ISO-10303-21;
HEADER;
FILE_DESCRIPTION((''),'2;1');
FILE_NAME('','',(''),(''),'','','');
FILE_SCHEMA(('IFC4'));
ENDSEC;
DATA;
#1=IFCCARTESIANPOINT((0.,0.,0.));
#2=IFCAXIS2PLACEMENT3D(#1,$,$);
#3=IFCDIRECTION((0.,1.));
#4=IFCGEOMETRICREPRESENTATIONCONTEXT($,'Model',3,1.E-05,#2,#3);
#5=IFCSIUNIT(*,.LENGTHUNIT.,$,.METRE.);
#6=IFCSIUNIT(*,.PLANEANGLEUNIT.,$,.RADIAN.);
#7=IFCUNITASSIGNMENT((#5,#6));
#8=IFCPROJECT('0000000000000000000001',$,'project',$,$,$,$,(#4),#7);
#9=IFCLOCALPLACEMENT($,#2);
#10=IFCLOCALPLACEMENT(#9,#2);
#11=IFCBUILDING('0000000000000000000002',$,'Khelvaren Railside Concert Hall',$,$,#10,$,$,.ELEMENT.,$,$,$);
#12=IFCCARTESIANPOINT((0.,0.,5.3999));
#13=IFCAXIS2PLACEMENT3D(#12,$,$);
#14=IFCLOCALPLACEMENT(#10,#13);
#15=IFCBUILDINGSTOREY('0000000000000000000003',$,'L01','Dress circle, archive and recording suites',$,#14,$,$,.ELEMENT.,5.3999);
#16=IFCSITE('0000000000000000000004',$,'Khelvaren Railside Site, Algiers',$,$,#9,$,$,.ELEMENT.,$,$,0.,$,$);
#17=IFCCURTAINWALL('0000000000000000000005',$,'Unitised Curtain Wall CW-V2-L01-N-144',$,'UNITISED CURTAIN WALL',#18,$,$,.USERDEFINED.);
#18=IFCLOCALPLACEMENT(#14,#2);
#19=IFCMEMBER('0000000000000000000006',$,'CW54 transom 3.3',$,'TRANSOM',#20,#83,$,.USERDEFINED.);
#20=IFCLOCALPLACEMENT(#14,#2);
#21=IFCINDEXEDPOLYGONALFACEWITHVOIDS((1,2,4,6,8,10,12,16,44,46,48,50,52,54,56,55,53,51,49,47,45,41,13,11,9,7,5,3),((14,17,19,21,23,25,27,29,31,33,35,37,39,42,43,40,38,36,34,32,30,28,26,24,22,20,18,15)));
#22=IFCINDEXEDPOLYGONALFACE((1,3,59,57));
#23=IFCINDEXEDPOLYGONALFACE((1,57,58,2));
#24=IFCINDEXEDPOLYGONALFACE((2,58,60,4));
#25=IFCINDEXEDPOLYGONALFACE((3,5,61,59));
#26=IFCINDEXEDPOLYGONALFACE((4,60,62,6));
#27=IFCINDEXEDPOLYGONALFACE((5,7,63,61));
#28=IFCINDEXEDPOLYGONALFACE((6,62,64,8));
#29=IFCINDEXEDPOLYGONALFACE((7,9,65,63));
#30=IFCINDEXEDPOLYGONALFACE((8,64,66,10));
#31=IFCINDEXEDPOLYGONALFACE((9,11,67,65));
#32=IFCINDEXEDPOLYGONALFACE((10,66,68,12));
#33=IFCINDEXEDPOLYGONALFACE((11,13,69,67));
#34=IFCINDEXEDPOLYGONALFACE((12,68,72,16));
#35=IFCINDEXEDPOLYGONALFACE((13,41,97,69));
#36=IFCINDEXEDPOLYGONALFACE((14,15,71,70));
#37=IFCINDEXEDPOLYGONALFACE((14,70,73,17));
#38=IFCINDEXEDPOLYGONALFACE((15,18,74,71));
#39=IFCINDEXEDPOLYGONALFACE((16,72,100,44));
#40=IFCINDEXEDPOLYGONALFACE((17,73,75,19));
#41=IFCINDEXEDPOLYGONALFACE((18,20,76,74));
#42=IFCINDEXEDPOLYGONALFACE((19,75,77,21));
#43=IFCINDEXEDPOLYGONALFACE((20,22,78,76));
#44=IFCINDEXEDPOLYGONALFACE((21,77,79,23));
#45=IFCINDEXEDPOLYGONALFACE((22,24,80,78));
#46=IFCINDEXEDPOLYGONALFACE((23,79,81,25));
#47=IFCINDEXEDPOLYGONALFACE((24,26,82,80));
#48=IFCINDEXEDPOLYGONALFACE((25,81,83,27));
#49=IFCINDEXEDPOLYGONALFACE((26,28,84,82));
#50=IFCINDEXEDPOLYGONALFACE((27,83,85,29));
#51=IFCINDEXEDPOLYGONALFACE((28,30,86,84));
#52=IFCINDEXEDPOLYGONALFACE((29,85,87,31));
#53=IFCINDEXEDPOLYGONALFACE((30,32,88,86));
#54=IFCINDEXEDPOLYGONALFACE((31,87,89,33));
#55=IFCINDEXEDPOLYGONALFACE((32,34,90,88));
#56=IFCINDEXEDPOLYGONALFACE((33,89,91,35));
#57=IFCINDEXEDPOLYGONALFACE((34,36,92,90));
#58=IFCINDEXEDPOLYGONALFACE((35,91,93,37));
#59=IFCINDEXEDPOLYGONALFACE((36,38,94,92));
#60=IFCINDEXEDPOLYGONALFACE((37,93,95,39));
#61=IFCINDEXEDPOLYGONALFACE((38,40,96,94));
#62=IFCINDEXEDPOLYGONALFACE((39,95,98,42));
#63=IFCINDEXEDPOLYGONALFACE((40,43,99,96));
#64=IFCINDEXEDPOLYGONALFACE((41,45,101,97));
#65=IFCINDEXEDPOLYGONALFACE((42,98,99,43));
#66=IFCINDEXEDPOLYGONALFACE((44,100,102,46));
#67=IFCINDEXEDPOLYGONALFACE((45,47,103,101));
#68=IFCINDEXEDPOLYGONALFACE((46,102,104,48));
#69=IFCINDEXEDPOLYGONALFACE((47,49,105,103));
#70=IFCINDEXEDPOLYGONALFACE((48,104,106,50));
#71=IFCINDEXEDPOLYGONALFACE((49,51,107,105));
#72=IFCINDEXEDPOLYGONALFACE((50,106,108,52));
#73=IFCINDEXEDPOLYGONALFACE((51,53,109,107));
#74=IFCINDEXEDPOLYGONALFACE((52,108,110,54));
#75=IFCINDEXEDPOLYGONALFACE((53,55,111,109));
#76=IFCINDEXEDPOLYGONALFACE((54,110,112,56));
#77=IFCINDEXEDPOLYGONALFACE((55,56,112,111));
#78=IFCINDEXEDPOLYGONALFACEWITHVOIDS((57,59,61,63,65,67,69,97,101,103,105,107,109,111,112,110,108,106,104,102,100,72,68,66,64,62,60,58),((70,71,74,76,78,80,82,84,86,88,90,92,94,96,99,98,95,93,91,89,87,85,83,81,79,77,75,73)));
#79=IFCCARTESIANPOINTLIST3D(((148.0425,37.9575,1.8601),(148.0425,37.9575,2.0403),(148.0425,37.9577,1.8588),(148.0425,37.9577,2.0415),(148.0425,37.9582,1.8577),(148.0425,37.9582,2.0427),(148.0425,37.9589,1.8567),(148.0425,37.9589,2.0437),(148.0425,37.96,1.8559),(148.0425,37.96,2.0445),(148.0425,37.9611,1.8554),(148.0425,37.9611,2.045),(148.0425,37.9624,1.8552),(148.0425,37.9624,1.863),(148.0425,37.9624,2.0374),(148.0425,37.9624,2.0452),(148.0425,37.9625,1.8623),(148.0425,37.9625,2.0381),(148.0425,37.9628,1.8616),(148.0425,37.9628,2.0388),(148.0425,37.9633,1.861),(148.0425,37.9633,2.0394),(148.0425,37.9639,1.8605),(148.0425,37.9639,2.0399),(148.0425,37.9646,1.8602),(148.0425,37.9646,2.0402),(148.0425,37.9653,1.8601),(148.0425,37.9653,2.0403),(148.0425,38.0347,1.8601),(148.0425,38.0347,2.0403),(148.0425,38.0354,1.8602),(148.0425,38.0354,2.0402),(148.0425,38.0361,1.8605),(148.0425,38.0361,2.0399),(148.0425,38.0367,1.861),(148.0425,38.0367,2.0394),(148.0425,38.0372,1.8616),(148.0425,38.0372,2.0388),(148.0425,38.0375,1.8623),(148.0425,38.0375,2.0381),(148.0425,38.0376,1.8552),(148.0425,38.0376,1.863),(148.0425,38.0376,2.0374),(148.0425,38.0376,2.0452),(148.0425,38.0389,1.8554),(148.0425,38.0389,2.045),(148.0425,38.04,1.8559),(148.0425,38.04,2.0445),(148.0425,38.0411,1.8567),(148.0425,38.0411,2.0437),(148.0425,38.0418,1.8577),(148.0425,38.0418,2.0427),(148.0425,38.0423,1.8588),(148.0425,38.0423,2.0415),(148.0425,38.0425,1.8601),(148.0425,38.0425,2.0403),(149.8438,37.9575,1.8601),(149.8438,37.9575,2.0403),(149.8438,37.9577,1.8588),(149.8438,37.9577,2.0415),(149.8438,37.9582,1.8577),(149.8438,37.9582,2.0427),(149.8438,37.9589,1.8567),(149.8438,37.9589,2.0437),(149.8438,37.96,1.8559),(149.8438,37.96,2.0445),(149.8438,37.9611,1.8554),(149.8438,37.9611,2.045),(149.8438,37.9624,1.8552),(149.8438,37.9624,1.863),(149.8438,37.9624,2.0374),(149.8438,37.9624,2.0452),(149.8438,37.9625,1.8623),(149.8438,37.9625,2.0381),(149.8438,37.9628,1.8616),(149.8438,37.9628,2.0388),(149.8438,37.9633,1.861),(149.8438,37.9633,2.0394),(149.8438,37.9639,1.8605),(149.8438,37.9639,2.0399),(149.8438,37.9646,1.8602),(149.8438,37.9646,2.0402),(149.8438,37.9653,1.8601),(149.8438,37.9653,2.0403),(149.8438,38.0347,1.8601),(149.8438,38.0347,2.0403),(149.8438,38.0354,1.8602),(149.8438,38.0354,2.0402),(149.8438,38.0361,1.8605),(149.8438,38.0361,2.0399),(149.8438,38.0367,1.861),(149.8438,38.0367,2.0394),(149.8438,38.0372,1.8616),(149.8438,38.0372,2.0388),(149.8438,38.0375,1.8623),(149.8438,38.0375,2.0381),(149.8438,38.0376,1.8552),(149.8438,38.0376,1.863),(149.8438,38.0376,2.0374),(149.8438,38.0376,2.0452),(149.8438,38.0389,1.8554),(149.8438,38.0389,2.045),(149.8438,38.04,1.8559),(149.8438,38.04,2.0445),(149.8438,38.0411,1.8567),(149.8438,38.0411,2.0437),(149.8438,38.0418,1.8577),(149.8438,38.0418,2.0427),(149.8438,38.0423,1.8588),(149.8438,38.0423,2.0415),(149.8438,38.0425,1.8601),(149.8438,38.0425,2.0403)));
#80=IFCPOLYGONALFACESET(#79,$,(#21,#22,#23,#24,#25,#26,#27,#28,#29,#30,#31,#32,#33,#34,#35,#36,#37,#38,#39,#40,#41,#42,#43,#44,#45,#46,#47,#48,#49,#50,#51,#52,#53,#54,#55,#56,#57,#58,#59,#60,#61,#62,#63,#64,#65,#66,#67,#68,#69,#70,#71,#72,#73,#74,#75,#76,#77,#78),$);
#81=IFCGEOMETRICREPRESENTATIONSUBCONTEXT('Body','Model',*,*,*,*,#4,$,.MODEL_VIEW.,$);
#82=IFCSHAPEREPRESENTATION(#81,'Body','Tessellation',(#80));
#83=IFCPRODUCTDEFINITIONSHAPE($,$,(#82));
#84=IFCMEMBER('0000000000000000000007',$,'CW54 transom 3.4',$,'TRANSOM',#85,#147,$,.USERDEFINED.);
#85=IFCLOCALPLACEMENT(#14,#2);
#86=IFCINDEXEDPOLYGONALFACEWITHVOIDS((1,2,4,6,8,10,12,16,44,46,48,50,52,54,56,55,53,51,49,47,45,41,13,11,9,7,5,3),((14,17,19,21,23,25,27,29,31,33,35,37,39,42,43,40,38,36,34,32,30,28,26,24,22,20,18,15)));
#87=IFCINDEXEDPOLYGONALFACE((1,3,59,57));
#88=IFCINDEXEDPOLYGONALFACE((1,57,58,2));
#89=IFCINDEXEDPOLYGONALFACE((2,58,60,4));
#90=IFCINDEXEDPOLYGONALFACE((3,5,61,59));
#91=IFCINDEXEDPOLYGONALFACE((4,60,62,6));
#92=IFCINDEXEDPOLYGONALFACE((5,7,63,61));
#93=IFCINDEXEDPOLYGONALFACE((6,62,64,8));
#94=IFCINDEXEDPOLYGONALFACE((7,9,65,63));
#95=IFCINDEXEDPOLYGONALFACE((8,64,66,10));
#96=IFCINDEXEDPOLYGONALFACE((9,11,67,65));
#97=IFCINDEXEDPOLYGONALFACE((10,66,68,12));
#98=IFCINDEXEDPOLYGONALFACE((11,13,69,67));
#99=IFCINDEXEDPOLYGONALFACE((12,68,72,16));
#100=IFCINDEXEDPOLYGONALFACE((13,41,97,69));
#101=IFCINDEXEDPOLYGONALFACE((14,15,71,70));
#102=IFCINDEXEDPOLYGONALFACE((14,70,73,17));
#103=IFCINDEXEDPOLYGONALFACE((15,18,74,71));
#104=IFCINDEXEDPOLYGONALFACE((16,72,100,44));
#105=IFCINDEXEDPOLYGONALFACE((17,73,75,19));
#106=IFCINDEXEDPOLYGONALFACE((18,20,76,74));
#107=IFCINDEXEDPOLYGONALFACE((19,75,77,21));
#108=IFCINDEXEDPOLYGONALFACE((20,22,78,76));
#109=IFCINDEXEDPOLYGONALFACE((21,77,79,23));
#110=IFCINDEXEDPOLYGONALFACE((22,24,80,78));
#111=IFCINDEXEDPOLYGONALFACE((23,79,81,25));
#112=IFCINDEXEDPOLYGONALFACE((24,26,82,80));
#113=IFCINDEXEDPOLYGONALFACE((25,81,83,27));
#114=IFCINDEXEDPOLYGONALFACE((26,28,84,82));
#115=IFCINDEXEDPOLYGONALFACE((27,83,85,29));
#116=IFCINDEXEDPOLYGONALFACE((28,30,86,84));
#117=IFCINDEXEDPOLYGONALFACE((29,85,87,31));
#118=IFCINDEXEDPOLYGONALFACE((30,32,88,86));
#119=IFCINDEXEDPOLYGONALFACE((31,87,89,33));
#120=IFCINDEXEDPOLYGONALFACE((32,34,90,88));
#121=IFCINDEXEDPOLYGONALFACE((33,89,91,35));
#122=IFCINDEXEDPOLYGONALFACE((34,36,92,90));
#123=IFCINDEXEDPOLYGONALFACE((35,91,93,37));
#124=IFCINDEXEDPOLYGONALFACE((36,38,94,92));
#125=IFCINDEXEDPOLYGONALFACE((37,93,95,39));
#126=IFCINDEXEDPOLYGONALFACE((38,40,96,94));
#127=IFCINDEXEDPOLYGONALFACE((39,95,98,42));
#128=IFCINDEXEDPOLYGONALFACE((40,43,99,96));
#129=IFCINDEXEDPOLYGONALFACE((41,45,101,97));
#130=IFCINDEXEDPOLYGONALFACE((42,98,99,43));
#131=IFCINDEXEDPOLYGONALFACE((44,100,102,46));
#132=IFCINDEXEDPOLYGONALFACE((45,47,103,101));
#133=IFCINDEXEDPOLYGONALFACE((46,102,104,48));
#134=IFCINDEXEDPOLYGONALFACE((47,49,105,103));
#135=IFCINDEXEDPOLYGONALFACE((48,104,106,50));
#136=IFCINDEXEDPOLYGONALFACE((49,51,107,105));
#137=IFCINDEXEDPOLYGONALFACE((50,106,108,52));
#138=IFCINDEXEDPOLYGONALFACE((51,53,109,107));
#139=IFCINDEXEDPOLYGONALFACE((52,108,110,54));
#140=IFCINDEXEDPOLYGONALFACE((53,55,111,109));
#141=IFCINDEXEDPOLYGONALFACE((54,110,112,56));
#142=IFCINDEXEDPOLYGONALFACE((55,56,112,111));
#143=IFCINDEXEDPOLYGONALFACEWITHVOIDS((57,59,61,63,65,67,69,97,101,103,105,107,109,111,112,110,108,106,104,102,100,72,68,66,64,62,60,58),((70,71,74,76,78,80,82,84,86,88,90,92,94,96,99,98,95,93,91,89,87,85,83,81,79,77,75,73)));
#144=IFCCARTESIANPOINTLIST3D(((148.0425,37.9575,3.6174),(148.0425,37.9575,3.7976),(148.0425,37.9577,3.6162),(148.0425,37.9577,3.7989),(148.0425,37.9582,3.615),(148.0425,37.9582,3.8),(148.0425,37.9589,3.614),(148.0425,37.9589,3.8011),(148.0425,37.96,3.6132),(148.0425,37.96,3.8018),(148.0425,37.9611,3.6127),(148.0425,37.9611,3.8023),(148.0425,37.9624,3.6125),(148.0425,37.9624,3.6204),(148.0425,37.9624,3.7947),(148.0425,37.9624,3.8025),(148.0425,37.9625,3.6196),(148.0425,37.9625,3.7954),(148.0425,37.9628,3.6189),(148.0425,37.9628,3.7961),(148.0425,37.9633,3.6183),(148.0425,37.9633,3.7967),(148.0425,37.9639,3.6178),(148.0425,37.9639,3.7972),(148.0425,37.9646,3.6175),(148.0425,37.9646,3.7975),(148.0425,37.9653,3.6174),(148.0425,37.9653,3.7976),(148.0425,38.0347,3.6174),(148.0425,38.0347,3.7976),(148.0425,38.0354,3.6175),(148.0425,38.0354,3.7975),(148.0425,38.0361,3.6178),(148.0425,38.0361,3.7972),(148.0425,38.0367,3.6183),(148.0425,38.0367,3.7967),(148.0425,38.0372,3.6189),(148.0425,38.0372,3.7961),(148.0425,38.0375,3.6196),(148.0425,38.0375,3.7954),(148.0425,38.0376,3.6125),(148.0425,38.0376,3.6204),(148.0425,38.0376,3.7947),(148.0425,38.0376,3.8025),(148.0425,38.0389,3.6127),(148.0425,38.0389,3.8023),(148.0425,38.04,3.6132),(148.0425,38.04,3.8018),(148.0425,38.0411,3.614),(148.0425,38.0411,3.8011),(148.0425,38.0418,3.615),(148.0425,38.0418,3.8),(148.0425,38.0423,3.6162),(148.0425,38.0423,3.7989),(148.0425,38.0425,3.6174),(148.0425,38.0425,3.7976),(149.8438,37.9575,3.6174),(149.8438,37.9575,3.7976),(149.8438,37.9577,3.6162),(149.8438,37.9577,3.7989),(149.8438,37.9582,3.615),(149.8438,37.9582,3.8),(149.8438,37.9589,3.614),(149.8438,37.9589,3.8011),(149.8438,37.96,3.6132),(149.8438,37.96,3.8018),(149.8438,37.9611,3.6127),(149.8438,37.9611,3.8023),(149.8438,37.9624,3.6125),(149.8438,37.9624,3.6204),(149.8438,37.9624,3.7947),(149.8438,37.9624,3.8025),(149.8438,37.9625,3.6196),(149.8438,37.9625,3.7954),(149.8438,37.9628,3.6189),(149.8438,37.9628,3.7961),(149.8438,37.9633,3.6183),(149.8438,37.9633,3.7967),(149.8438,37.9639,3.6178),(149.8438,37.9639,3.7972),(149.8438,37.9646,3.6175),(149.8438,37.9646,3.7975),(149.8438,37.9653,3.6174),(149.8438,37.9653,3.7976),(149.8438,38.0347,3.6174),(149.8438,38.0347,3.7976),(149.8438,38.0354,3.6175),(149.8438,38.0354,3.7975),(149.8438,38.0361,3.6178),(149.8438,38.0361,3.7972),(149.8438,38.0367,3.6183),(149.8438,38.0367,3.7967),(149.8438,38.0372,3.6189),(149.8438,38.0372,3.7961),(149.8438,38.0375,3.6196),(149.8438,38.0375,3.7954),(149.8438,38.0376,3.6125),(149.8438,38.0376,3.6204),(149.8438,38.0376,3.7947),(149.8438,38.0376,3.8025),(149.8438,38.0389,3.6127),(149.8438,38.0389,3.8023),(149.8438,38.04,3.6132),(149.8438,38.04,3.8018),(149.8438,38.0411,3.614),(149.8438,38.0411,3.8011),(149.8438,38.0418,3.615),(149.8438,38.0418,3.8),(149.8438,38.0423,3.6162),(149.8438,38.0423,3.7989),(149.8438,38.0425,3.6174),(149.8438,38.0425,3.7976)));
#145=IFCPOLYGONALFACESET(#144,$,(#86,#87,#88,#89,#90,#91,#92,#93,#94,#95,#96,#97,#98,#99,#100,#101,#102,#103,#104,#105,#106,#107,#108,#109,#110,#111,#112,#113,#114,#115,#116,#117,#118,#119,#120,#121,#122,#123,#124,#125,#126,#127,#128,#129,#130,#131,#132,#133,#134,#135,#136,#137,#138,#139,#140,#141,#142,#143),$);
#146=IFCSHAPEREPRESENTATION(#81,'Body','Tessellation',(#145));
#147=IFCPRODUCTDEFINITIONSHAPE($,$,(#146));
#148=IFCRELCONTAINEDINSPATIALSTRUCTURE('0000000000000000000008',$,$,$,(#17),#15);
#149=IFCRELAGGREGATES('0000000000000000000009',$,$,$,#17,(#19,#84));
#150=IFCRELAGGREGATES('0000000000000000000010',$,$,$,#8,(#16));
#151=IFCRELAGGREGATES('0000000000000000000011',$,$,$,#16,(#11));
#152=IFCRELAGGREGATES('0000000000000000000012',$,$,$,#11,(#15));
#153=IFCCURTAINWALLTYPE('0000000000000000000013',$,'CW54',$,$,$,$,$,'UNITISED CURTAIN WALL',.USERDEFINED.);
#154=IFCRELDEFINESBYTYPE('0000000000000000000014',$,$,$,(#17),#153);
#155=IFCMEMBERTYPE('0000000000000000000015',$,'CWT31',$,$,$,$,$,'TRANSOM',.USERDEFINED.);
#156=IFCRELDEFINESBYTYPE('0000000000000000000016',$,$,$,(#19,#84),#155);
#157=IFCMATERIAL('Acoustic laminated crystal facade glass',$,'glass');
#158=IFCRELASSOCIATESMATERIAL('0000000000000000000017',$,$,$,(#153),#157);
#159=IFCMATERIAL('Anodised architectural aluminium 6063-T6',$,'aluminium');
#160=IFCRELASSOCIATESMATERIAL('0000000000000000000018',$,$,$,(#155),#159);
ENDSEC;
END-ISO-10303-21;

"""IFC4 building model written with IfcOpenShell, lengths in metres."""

from ifc_helpers import new_model, si_unit, direction, frame, origin, origin_2d, place, context, subcontext, project, spatial, hollow_rectangle, extrude, material, material_profile, profile_set, type_object, element, aggregate, save


model = new_model("IFC4")

# Units and contexts
model_context = context("Model", 3, precision=1e-05, world=origin(), true_north=direction((0.0, 1.0)))
body_context = subcontext(model_context, "Body", "Model", "MODEL_VIEW")
ifc_project = project(units=[si_unit("LENGTHUNIT", "METRE"), si_unit("PLANEANGLEUNIT", "RADIAN")], contexts=[model_context])

# Site, building, storey
site_placement = place(None, origin())
site = spatial("IfcSite", under=ifc_project, at=site_placement, Name="Khelvaren Railside Site, Algiers", CompositionType="ELEMENT", RefElevation=0.0)
building_placement = place(site_placement, origin())
building = spatial("IfcBuilding", under=site, at=building_placement, Name="Khelvaren Railside Concert Hall", CompositionType="ELEMENT")
storey_placement = place(building_placement, frame((0.0, 0.0, 5.3999)))
storey = spatial("IfcBuildingStorey", under=building, at=storey_placement, Name="L01", Description="Dress circle, archive and recording suites", CompositionType="ELEMENT", Elevation=5.3999)

# Curtain wall, members
ifc_material_1 = material(Name="Acoustic laminated crystal facade glass", Category="glass")
curtain_wall_type = type_object("IfcCurtainWallType", Name="CW54", ElementType="UNITISED CURTAIN WALL", PredefinedType="USERDEFINED", material=ifc_material_1)
curtain_wall_placement = place(storey_placement, origin())
curtain_wall = element("IfcCurtainWall", 1, at=curtain_wall_placement, inside=storey, type_object=curtain_wall_type, Name="Unitised Curtain Wall CW-V2-L01-N-144", ObjectType="UNITISED CURTAIN WALL", PredefinedType="USERDEFINED")
ifc_material_2 = material(Name="Anodised architectural aluminium 6063-T6", Category="aluminium")
ifc_material_profile_1 = material_profile(ifc_material_2, hollow_rectangle(XDim=0.085, YDim=0.1899, WallThickness=0.0049, InnerFilletRadius=0.0029, OuterFilletRadius=0.0049, at=origin_2d()), Name="CWT 85x190x5")
ifc_profile_set_1 = profile_set([ifc_material_profile_1], Name="Anodised architectural aluminium 6063-T6")
member_type_1 = type_object("IfcMemberType", Name="CWT31", ElementType="TRANSOM", PredefinedType="USERDEFINED", material=ifc_profile_set_1)
member_1_placement = place(storey_placement, frame((148.0425, 38.0, 1.9502), z_axis=(1.0, 0.0, 0.0), x_axis=(0.0, 1.0, 0.0)))
member_1 = element("IfcMember", 2, at=member_1_placement, type_object=member_type_1, Name="CW54 transom 3.3", ObjectType="TRANSOM", PredefinedType="USERDEFINED", context=body_context, shape_type="SweptSolid", body=[
    extrude(hollow_rectangle(XDim=0.085, YDim=0.1899, WallThickness=0.0049, InnerFilletRadius=0.0029, OuterFilletRadius=0.0049, at=origin_2d()), origin(), (0.0, 0.0, 1.0), 1.8013),
])
member_2_placement = place(storey_placement, frame((148.0425, 38.0, 3.7075), z_axis=(1.0, 0.0, 0.0), x_axis=(0.0, 1.0, 0.0)))
member_2 = element("IfcMember", 3, at=member_2_placement, type_object=member_type_1, Name="CW54 transom 3.4", ObjectType="TRANSOM", PredefinedType="USERDEFINED", context=body_context, shape_type="SweptSolid", body=[
    extrude(hollow_rectangle(XDim=0.085, YDim=0.1899, WallThickness=0.0049, InnerFilletRadius=0.0029, OuterFilletRadius=0.0049, at=origin_2d()), origin(), (0.0, 0.0, 1.0), 1.8013),
])

aggregate(curtain_wall, [member_1, member_2])

save(model, "model.ifc")
